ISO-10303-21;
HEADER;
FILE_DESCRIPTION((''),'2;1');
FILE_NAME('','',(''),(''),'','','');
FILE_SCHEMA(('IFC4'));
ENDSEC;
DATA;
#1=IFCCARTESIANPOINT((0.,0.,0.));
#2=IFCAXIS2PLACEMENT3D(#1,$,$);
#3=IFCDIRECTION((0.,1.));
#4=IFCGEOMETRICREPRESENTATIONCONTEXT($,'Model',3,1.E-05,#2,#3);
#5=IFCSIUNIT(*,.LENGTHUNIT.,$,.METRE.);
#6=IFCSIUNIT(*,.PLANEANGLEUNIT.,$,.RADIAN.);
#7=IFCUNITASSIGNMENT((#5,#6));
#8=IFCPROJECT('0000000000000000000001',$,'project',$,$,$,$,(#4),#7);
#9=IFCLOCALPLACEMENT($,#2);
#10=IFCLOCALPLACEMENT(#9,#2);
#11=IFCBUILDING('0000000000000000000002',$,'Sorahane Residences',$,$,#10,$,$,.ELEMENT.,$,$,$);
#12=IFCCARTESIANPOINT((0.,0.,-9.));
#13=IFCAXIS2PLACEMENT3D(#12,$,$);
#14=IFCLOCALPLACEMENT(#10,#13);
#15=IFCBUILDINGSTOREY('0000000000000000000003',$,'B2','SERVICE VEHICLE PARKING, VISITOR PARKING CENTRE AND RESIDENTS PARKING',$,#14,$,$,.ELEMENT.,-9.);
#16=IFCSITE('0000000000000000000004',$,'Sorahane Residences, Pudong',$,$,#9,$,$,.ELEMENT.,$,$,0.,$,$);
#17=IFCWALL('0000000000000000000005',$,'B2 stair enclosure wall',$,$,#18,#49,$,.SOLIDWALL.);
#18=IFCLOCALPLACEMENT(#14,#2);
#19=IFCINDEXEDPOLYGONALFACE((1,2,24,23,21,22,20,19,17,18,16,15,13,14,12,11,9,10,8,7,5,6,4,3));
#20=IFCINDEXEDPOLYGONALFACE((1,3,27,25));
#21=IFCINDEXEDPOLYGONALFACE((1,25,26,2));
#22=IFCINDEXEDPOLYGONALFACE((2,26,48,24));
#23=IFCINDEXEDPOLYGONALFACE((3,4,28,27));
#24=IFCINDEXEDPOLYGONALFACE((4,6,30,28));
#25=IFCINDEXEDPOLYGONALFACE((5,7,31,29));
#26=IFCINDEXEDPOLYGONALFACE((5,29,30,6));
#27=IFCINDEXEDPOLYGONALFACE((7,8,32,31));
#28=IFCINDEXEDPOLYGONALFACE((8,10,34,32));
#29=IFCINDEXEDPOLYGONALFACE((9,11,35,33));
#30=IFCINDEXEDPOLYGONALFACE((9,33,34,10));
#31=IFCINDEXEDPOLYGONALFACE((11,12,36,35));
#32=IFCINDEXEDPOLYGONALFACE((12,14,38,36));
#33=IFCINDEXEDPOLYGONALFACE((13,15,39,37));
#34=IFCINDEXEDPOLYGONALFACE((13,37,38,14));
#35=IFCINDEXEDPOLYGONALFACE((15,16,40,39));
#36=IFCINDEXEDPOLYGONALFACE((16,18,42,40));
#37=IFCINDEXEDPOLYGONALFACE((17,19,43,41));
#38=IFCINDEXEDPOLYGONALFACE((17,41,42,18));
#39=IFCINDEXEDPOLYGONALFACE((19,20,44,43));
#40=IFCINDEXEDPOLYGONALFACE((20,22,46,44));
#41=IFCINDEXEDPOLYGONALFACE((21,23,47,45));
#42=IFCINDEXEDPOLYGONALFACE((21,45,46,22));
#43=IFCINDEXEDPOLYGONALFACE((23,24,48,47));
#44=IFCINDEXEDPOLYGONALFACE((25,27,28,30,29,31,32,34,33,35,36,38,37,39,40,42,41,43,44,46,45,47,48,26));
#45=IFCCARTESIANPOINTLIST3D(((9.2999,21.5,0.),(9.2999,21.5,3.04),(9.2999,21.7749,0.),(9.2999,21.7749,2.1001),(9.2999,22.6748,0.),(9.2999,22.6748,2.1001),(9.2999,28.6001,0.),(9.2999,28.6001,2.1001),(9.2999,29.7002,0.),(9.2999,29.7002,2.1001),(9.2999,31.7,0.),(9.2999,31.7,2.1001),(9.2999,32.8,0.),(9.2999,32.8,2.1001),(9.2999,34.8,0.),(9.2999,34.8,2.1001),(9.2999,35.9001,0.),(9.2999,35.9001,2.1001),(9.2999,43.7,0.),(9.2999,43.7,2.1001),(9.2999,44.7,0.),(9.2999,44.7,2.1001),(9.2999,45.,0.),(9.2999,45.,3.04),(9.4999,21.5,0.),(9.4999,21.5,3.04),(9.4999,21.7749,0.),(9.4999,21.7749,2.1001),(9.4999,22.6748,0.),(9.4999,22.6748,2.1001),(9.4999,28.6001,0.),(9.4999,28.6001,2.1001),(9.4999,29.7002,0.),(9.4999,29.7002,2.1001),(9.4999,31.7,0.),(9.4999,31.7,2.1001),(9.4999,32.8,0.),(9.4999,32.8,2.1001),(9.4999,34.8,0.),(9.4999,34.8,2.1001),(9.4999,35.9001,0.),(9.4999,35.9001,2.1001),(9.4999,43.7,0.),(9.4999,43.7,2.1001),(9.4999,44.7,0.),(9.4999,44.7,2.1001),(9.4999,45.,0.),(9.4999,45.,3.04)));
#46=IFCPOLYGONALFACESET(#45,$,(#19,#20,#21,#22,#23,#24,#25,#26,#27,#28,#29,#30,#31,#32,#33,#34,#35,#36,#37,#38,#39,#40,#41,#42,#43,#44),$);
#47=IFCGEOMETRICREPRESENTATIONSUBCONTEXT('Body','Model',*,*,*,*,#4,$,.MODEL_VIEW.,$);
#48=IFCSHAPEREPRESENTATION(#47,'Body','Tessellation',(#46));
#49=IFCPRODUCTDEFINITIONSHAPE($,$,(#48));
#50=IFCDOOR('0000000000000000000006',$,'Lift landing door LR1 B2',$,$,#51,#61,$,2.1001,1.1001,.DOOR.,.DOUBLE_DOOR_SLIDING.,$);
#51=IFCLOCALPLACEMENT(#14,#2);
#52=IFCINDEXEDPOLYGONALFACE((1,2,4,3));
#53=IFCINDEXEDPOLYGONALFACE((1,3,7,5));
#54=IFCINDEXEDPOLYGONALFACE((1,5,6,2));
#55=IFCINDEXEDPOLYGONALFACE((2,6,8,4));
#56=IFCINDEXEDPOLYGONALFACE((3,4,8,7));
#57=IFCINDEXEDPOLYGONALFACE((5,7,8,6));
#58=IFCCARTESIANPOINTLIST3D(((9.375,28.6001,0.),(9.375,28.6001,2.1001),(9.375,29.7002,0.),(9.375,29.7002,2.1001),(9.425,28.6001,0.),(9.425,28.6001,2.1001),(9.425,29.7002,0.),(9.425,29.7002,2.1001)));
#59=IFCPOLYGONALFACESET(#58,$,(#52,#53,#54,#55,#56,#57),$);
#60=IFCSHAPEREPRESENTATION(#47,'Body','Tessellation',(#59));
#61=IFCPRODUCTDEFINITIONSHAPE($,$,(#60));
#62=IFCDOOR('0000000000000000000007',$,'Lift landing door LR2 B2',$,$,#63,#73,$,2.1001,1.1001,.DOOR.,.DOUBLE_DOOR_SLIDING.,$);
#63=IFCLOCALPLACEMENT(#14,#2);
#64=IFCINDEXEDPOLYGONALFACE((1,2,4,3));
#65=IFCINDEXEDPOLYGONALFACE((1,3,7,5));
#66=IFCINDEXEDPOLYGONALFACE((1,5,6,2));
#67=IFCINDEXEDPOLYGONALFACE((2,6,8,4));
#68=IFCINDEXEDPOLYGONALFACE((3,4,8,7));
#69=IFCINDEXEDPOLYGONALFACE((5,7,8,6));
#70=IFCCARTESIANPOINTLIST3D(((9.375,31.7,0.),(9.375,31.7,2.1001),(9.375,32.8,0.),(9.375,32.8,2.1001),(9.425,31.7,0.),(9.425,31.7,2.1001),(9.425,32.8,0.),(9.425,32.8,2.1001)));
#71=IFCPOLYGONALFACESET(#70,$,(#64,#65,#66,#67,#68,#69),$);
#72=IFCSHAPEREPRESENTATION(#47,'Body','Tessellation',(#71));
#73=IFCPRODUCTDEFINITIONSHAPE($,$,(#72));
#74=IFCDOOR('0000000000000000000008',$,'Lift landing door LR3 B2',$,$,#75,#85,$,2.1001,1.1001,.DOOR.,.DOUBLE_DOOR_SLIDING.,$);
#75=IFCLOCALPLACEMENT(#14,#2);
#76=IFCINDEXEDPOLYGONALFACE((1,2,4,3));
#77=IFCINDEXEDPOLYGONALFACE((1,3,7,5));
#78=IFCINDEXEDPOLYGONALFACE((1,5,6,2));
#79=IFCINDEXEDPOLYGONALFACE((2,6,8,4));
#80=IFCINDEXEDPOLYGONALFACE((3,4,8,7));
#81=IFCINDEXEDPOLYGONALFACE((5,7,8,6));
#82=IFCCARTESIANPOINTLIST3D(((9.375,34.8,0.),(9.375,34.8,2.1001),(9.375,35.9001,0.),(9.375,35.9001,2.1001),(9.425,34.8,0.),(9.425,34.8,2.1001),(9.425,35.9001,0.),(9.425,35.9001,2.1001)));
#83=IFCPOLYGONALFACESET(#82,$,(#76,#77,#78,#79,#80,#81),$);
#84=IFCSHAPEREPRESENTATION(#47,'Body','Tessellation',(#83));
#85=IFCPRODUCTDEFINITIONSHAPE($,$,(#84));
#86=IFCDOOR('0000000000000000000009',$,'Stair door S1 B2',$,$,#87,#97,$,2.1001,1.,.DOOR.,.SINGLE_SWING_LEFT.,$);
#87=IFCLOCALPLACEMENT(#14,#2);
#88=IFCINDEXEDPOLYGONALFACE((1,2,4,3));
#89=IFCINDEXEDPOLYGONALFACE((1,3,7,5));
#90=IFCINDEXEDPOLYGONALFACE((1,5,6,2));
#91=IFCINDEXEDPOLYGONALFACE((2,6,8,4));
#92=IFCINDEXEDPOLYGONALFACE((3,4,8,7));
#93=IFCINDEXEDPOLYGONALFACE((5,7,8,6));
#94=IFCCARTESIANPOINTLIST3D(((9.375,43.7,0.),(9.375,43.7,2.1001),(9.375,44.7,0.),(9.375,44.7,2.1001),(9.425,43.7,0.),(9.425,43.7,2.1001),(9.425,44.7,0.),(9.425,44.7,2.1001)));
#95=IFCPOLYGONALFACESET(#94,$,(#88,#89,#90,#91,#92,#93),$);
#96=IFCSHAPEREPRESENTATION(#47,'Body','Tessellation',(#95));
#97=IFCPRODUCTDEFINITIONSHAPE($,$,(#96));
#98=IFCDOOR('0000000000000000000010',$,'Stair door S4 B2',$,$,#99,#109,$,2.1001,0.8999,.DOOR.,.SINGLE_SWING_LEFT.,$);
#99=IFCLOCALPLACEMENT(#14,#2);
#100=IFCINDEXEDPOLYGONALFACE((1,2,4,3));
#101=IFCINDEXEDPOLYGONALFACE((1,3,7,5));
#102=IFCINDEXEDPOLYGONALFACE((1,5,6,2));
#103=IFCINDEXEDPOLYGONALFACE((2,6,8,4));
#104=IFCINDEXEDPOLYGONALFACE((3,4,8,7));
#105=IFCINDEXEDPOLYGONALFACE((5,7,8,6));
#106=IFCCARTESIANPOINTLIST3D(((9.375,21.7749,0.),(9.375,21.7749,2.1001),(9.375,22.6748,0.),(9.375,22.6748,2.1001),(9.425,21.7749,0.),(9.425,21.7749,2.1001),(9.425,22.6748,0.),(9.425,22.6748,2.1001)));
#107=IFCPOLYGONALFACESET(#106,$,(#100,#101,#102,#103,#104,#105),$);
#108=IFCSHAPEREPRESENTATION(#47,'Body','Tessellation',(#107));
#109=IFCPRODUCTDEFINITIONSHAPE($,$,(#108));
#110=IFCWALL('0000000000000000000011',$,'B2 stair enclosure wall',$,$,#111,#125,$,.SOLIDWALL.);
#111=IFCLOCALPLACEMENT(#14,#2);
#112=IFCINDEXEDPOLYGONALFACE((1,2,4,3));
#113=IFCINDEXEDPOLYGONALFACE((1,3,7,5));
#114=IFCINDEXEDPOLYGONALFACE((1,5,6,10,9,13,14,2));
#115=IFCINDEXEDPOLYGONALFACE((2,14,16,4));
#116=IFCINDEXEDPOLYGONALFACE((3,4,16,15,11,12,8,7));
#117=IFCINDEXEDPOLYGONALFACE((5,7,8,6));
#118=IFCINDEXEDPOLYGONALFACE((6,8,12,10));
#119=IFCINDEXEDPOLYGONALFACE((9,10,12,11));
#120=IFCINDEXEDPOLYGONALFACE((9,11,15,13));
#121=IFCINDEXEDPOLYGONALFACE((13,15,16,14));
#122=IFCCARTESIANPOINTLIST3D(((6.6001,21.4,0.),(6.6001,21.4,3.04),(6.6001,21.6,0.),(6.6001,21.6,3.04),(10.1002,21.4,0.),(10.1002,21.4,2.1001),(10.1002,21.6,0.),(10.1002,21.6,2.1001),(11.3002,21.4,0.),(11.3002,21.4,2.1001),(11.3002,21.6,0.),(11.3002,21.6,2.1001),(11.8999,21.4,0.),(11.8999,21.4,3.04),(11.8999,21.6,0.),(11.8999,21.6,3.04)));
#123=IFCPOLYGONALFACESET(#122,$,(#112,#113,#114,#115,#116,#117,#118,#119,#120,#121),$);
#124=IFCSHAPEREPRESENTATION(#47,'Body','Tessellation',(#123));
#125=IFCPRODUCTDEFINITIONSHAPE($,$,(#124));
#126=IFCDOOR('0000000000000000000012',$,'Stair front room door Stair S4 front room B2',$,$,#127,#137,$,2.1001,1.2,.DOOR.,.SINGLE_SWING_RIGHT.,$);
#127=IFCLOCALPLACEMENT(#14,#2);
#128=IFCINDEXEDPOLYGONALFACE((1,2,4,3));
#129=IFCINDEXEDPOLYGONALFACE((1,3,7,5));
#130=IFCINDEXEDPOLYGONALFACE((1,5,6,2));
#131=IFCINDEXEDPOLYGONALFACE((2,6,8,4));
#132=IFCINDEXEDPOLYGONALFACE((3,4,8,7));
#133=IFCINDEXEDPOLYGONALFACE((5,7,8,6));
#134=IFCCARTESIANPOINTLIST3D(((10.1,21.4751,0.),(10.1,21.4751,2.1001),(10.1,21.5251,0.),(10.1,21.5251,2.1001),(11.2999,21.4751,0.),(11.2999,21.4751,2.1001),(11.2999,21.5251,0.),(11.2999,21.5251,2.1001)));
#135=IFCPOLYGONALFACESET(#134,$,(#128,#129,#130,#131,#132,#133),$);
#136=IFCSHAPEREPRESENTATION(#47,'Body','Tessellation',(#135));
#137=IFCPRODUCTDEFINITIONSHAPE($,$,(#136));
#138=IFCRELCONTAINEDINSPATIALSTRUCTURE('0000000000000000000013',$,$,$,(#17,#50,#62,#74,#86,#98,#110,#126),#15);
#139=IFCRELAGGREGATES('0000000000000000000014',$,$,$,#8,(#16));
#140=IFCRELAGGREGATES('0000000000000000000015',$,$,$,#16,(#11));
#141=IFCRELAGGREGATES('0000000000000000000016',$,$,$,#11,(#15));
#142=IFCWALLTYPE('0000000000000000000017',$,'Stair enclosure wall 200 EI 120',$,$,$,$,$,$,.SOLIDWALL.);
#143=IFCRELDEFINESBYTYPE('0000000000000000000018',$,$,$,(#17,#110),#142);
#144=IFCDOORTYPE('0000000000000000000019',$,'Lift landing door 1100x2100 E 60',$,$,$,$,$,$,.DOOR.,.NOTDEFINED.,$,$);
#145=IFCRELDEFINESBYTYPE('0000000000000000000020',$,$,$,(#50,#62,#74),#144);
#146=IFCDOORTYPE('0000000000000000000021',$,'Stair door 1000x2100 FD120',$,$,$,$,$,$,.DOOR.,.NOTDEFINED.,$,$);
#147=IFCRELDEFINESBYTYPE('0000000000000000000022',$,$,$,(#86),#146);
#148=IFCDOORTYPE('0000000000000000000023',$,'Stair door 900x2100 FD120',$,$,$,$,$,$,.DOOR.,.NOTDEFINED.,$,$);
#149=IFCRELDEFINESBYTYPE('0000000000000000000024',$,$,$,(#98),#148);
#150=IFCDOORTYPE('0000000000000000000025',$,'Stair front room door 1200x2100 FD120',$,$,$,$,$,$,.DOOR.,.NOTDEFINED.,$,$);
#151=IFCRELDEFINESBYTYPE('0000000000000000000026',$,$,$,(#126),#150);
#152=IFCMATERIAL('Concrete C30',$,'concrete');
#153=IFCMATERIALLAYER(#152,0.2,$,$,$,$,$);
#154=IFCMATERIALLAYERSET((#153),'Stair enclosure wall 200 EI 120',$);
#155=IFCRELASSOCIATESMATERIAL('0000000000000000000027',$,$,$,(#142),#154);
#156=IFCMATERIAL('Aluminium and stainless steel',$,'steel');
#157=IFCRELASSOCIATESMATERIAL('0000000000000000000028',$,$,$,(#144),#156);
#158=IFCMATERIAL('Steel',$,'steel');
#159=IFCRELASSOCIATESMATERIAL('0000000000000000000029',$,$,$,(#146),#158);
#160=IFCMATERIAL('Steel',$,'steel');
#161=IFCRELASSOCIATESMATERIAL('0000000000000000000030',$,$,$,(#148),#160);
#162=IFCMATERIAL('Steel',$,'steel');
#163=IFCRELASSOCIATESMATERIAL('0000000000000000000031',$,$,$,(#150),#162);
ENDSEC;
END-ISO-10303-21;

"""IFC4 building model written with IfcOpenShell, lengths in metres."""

from ifc_helpers import new_model, si_unit, direction, frame, frame_2d, origin, place, context, subcontext, project, spatial, rectangle, extrude, material, layer, layer_set, type_object, element, fill, save


model = new_model("IFC4")

# Units and contexts
model_context = context("Model", 3, precision=1e-05, world=origin(), true_north=direction((0.0, 1.0)))
body_context = subcontext(model_context, "Body", "Model", "MODEL_VIEW")
ifc_project = project(units=[si_unit("LENGTHUNIT", "METRE"), si_unit("PLANEANGLEUNIT", "RADIAN")], contexts=[model_context])

# Site, building, storey
site_placement = place(None, origin())
site = spatial("IfcSite", under=ifc_project, at=site_placement, Name="Sorahane Residences, Pudong", CompositionType="ELEMENT", RefElevation=0.0)
building_placement = place(site_placement, origin())
building = spatial("IfcBuilding", under=site, at=building_placement, Name="Sorahane Residences", CompositionType="ELEMENT")
storey_placement = place(building_placement, frame((0.0, 0.0, -9.0)))
storey = spatial("IfcBuildingStorey", under=building, at=storey_placement, Name="B2", Description="SERVICE VEHICLE PARKING, VISITOR PARKING CENTRE AND RESIDENTS PARKING", CompositionType="ELEMENT", Elevation=-9.0)

# Wall, openings, doors
ifc_material_1 = material(Name="Concrete C30", Category="concrete")
ifc_layer_1 = layer(ifc_material_1, 0.2)
ifc_layer_set_1 = layer_set([ifc_layer_1], Name="Stair enclosure wall 200 EI 120")
wall_type_1 = type_object("IfcWallType", Name="Stair enclosure wall 200 EI 120", PredefinedType="SOLIDWALL", material=ifc_layer_set_1)
wall_1_placement = place(storey_placement, frame((9.3999, 21.5, 0.0), z_axis=(0.0, 0.0, 1.0), x_axis=(0.0, 1.0, 0.0)))
wall_1 = element("IfcWall", 1, at=wall_1_placement, inside=storey, type_object=wall_type_1, Name="B2 stair enclosure wall", PredefinedType="SOLIDWALL", context=body_context, shape_type="SweptSolid", body=[
    extrude(rectangle(XDim=23.5, YDim=0.2, at=frame_2d((11.75, 0.0))), origin(), (0.0, 0.0, 1.0), 3.04),
])
opening_1_placement = place(wall_1_placement, frame((7.1001, 0.0, 0.0)))
opening_1 = element("IfcOpeningElement", 2, at=opening_1_placement, cuts=wall_1, PredefinedType="OPENING", context=body_context, shape_type="SweptSolid", body=[
    extrude(rectangle(XDim=1.1001, YDim=2.1001, at=frame_2d((0.55, 1.05))), frame((0.0, 0.1099, 0.0), z_axis=(0.0, -1.0, 0.0), x_axis=(1.0, 0.0, 0.0)), (0.0, 0.0, 1.0), 0.22),
])
opening_2_placement = place(wall_1_placement, frame((10.2, 0.0, 0.0)))
opening_2 = element("IfcOpeningElement", 3, at=opening_2_placement, cuts=wall_1, PredefinedType="OPENING", context=body_context, shape_type="SweptSolid", body=[
    extrude(rectangle(XDim=1.1001, YDim=2.1001, at=frame_2d((0.55, 1.05))), frame((0.0, 0.1099, 0.0), z_axis=(0.0, -1.0, 0.0), x_axis=(1.0, 0.0, 0.0)), (0.0, 0.0, 1.0), 0.22),
])
opening_3_placement = place(wall_1_placement, frame((13.3, 0.0, 0.0)))
opening_3 = element("IfcOpeningElement", 4, at=opening_3_placement, cuts=wall_1, PredefinedType="OPENING", context=body_context, shape_type="SweptSolid", body=[
    extrude(rectangle(XDim=1.1001, YDim=2.1001, at=frame_2d((0.55, 1.05))), frame((0.0, 0.1099, 0.0), z_axis=(0.0, -1.0, 0.0), x_axis=(1.0, 0.0, 0.0)), (0.0, 0.0, 1.0), 0.22),
])
opening_4_placement = place(wall_1_placement, frame((22.2, 0.0, 0.0)))
opening_4 = element("IfcOpeningElement", 5, at=opening_4_placement, cuts=wall_1, PredefinedType="OPENING", context=body_context, shape_type="SweptSolid", body=[
    extrude(rectangle(XDim=1.0, YDim=2.1001, at=frame_2d((0.5, 1.05))), frame((0.0, 0.1099, 0.0), z_axis=(0.0, -1.0, 0.0), x_axis=(1.0, 0.0, 0.0)), (0.0, 0.0, 1.0), 0.22),
])
opening_5_placement = place(wall_1_placement, frame((0.2749, 0.0, 0.0)))
opening_5 = element("IfcOpeningElement", 6, at=opening_5_placement, cuts=wall_1, PredefinedType="OPENING", context=body_context, shape_type="SweptSolid", body=[
    extrude(rectangle(XDim=0.8999, YDim=2.1001, at=frame_2d((0.45, 1.05))), frame((0.0, 0.1099, 0.0), z_axis=(0.0, -1.0, 0.0), x_axis=(1.0, 0.0, 0.0)), (0.0, 0.0, 1.0), 0.22),
])
ifc_material_2 = material(Name="Aluminium and stainless steel", Category="steel")
door_type_1 = type_object("IfcDoorType", Name="Lift landing door 1100x2100 E 60", OperationType="NOTDEFINED", PredefinedType="DOOR", material=ifc_material_2)
door_1_placement = place(opening_1_placement, origin())
door_1 = element("IfcDoor", 7, at=door_1_placement, inside=storey, type_object=door_type_1, Name="Lift landing door LR1 B2", OperationType="DOUBLE_DOOR_SLIDING", OverallHeight=2.1001, OverallWidth=1.1001, PredefinedType="DOOR", context=body_context, shape_type="SweptSolid", body=[
    extrude(rectangle(XDim=1.1001, YDim=2.1001, at=frame_2d((0.55, 1.05))), frame((0.0, 0.0249, 0.0), z_axis=(0.0, -1.0, 0.0), x_axis=(1.0, 0.0, 0.0)), (0.0, 0.0, 1.0), 0.05),
])
fill(opening_1, door_1)
door_2_placement = place(opening_2_placement, origin())
door_2 = element("IfcDoor", 8, at=door_2_placement, inside=storey, type_object=door_type_1, Name="Lift landing door LR2 B2", OperationType="DOUBLE_DOOR_SLIDING", OverallHeight=2.1001, OverallWidth=1.1001, PredefinedType="DOOR", context=body_context, shape_type="SweptSolid", body=[
    extrude(rectangle(XDim=1.1001, YDim=2.1001, at=frame_2d((0.55, 1.05))), frame((0.0, 0.0249, 0.0), z_axis=(0.0, -1.0, 0.0), x_axis=(1.0, 0.0, 0.0)), (0.0, 0.0, 1.0), 0.05),
])
fill(opening_2, door_2)
door_3_placement = place(opening_3_placement, origin())
door_3 = element("IfcDoor", 9, at=door_3_placement, inside=storey, type_object=door_type_1, Name="Lift landing door LR3 B2", OperationType="DOUBLE_DOOR_SLIDING", OverallHeight=2.1001, OverallWidth=1.1001, PredefinedType="DOOR", context=body_context, shape_type="SweptSolid", body=[
    extrude(rectangle(XDim=1.1001, YDim=2.1001, at=frame_2d((0.55, 1.05))), frame((0.0, 0.0249, 0.0), z_axis=(0.0, -1.0, 0.0), x_axis=(1.0, 0.0, 0.0)), (0.0, 0.0, 1.0), 0.05),
])
fill(opening_3, door_3)
ifc_material_3 = material(Name="Steel", Category="steel")
door_type_2 = type_object("IfcDoorType", Name="Stair door 1000x2100 FD120", OperationType="NOTDEFINED", PredefinedType="DOOR", material=ifc_material_3)
door_4_placement = place(opening_4_placement, origin())
door_4 = element("IfcDoor", 10, at=door_4_placement, inside=storey, type_object=door_type_2, Name="Stair door S1 B2", OperationType="SINGLE_SWING_LEFT", OverallHeight=2.1001, OverallWidth=1.0, PredefinedType="DOOR", context=body_context, shape_type="SweptSolid", body=[
    extrude(rectangle(XDim=1.0, YDim=2.1001, at=frame_2d((0.5, 1.05))), frame((0.0, 0.0249, 0.0), z_axis=(0.0, -1.0, 0.0), x_axis=(1.0, 0.0, 0.0)), (0.0, 0.0, 1.0), 0.05),
])
fill(opening_4, door_4)
ifc_material_4 = material(Name="Steel", Category="steel")
door_type_3 = type_object("IfcDoorType", Name="Stair door 900x2100 FD120", OperationType="NOTDEFINED", PredefinedType="DOOR", material=ifc_material_4)
door_5_placement = place(opening_5_placement, origin())
door_5 = element("IfcDoor", 11, at=door_5_placement, inside=storey, type_object=door_type_3, Name="Stair door S4 B2", OperationType="SINGLE_SWING_LEFT", OverallHeight=2.1001, OverallWidth=0.8999, PredefinedType="DOOR", context=body_context, shape_type="SweptSolid", body=[
    extrude(rectangle(XDim=0.8999, YDim=2.1001, at=frame_2d((0.45, 1.05))), frame((0.0, 0.0249, 0.0), z_axis=(0.0, -1.0, 0.0), x_axis=(1.0, 0.0, 0.0)), (0.0, 0.0, 1.0), 0.05),
])
fill(opening_5, door_5)

# Wall, opening, door
wall_2_placement = place(storey_placement, frame((6.6001, 21.5, 0.0), z_axis=(0.0, 0.0, 1.0), x_axis=(1.0, 0.0, 0.0)))
wall_2 = element("IfcWall", 12, at=wall_2_placement, inside=storey, type_object=wall_type_1, Name="B2 stair enclosure wall", PredefinedType="SOLIDWALL", context=body_context, shape_type="SweptSolid", body=[
    extrude(rectangle(XDim=5.2998, YDim=0.2, at=frame_2d((2.6499, 0.0))), origin(), (0.0, 0.0, 1.0), 3.04),
])
opening_6_placement = place(wall_2_placement, frame((3.5, 0.0, 0.0)))
opening_6 = element("IfcOpeningElement", 13, at=opening_6_placement, cuts=wall_2, PredefinedType="OPENING", context=body_context, shape_type="SweptSolid", body=[
    extrude(rectangle(XDim=1.2, YDim=2.1001, at=frame_2d((0.6001, 1.05))), frame((0.0, 0.1099, 0.0), z_axis=(0.0, -1.0, 0.0), x_axis=(1.0, 0.0, 0.0)), (0.0, 0.0, 1.0), 0.22),
])
ifc_material_5 = material(Name="Steel", Category="steel")
door_type_4 = type_object("IfcDoorType", Name="Stair front room door 1200x2100 FD120", OperationType="NOTDEFINED", PredefinedType="DOOR", material=ifc_material_5)
door_6_placement = place(opening_6_placement, frame((1.2, 0.0, 0.0), z_axis=(0.0, 0.0, 1.0), x_axis=(-1.0, 0.0, 0.0)))
door_6 = element("IfcDoor", 14, at=door_6_placement, inside=storey, type_object=door_type_4, Name="Stair front room door Stair S4 front room B2", OperationType="SINGLE_SWING_RIGHT", OverallHeight=2.1001, OverallWidth=1.2, PredefinedType="DOOR", context=body_context, shape_type="SweptSolid", body=[
    extrude(rectangle(XDim=1.2, YDim=2.1001, at=frame_2d((0.6001, 1.05))), frame((0.0, 0.0249, 0.0), z_axis=(0.0, -1.0, 0.0), x_axis=(1.0, 0.0, 0.0)), (0.0, 0.0, 1.0), 0.05),
])
fill(opening_6, door_6)

save(model, "model.ifc")
